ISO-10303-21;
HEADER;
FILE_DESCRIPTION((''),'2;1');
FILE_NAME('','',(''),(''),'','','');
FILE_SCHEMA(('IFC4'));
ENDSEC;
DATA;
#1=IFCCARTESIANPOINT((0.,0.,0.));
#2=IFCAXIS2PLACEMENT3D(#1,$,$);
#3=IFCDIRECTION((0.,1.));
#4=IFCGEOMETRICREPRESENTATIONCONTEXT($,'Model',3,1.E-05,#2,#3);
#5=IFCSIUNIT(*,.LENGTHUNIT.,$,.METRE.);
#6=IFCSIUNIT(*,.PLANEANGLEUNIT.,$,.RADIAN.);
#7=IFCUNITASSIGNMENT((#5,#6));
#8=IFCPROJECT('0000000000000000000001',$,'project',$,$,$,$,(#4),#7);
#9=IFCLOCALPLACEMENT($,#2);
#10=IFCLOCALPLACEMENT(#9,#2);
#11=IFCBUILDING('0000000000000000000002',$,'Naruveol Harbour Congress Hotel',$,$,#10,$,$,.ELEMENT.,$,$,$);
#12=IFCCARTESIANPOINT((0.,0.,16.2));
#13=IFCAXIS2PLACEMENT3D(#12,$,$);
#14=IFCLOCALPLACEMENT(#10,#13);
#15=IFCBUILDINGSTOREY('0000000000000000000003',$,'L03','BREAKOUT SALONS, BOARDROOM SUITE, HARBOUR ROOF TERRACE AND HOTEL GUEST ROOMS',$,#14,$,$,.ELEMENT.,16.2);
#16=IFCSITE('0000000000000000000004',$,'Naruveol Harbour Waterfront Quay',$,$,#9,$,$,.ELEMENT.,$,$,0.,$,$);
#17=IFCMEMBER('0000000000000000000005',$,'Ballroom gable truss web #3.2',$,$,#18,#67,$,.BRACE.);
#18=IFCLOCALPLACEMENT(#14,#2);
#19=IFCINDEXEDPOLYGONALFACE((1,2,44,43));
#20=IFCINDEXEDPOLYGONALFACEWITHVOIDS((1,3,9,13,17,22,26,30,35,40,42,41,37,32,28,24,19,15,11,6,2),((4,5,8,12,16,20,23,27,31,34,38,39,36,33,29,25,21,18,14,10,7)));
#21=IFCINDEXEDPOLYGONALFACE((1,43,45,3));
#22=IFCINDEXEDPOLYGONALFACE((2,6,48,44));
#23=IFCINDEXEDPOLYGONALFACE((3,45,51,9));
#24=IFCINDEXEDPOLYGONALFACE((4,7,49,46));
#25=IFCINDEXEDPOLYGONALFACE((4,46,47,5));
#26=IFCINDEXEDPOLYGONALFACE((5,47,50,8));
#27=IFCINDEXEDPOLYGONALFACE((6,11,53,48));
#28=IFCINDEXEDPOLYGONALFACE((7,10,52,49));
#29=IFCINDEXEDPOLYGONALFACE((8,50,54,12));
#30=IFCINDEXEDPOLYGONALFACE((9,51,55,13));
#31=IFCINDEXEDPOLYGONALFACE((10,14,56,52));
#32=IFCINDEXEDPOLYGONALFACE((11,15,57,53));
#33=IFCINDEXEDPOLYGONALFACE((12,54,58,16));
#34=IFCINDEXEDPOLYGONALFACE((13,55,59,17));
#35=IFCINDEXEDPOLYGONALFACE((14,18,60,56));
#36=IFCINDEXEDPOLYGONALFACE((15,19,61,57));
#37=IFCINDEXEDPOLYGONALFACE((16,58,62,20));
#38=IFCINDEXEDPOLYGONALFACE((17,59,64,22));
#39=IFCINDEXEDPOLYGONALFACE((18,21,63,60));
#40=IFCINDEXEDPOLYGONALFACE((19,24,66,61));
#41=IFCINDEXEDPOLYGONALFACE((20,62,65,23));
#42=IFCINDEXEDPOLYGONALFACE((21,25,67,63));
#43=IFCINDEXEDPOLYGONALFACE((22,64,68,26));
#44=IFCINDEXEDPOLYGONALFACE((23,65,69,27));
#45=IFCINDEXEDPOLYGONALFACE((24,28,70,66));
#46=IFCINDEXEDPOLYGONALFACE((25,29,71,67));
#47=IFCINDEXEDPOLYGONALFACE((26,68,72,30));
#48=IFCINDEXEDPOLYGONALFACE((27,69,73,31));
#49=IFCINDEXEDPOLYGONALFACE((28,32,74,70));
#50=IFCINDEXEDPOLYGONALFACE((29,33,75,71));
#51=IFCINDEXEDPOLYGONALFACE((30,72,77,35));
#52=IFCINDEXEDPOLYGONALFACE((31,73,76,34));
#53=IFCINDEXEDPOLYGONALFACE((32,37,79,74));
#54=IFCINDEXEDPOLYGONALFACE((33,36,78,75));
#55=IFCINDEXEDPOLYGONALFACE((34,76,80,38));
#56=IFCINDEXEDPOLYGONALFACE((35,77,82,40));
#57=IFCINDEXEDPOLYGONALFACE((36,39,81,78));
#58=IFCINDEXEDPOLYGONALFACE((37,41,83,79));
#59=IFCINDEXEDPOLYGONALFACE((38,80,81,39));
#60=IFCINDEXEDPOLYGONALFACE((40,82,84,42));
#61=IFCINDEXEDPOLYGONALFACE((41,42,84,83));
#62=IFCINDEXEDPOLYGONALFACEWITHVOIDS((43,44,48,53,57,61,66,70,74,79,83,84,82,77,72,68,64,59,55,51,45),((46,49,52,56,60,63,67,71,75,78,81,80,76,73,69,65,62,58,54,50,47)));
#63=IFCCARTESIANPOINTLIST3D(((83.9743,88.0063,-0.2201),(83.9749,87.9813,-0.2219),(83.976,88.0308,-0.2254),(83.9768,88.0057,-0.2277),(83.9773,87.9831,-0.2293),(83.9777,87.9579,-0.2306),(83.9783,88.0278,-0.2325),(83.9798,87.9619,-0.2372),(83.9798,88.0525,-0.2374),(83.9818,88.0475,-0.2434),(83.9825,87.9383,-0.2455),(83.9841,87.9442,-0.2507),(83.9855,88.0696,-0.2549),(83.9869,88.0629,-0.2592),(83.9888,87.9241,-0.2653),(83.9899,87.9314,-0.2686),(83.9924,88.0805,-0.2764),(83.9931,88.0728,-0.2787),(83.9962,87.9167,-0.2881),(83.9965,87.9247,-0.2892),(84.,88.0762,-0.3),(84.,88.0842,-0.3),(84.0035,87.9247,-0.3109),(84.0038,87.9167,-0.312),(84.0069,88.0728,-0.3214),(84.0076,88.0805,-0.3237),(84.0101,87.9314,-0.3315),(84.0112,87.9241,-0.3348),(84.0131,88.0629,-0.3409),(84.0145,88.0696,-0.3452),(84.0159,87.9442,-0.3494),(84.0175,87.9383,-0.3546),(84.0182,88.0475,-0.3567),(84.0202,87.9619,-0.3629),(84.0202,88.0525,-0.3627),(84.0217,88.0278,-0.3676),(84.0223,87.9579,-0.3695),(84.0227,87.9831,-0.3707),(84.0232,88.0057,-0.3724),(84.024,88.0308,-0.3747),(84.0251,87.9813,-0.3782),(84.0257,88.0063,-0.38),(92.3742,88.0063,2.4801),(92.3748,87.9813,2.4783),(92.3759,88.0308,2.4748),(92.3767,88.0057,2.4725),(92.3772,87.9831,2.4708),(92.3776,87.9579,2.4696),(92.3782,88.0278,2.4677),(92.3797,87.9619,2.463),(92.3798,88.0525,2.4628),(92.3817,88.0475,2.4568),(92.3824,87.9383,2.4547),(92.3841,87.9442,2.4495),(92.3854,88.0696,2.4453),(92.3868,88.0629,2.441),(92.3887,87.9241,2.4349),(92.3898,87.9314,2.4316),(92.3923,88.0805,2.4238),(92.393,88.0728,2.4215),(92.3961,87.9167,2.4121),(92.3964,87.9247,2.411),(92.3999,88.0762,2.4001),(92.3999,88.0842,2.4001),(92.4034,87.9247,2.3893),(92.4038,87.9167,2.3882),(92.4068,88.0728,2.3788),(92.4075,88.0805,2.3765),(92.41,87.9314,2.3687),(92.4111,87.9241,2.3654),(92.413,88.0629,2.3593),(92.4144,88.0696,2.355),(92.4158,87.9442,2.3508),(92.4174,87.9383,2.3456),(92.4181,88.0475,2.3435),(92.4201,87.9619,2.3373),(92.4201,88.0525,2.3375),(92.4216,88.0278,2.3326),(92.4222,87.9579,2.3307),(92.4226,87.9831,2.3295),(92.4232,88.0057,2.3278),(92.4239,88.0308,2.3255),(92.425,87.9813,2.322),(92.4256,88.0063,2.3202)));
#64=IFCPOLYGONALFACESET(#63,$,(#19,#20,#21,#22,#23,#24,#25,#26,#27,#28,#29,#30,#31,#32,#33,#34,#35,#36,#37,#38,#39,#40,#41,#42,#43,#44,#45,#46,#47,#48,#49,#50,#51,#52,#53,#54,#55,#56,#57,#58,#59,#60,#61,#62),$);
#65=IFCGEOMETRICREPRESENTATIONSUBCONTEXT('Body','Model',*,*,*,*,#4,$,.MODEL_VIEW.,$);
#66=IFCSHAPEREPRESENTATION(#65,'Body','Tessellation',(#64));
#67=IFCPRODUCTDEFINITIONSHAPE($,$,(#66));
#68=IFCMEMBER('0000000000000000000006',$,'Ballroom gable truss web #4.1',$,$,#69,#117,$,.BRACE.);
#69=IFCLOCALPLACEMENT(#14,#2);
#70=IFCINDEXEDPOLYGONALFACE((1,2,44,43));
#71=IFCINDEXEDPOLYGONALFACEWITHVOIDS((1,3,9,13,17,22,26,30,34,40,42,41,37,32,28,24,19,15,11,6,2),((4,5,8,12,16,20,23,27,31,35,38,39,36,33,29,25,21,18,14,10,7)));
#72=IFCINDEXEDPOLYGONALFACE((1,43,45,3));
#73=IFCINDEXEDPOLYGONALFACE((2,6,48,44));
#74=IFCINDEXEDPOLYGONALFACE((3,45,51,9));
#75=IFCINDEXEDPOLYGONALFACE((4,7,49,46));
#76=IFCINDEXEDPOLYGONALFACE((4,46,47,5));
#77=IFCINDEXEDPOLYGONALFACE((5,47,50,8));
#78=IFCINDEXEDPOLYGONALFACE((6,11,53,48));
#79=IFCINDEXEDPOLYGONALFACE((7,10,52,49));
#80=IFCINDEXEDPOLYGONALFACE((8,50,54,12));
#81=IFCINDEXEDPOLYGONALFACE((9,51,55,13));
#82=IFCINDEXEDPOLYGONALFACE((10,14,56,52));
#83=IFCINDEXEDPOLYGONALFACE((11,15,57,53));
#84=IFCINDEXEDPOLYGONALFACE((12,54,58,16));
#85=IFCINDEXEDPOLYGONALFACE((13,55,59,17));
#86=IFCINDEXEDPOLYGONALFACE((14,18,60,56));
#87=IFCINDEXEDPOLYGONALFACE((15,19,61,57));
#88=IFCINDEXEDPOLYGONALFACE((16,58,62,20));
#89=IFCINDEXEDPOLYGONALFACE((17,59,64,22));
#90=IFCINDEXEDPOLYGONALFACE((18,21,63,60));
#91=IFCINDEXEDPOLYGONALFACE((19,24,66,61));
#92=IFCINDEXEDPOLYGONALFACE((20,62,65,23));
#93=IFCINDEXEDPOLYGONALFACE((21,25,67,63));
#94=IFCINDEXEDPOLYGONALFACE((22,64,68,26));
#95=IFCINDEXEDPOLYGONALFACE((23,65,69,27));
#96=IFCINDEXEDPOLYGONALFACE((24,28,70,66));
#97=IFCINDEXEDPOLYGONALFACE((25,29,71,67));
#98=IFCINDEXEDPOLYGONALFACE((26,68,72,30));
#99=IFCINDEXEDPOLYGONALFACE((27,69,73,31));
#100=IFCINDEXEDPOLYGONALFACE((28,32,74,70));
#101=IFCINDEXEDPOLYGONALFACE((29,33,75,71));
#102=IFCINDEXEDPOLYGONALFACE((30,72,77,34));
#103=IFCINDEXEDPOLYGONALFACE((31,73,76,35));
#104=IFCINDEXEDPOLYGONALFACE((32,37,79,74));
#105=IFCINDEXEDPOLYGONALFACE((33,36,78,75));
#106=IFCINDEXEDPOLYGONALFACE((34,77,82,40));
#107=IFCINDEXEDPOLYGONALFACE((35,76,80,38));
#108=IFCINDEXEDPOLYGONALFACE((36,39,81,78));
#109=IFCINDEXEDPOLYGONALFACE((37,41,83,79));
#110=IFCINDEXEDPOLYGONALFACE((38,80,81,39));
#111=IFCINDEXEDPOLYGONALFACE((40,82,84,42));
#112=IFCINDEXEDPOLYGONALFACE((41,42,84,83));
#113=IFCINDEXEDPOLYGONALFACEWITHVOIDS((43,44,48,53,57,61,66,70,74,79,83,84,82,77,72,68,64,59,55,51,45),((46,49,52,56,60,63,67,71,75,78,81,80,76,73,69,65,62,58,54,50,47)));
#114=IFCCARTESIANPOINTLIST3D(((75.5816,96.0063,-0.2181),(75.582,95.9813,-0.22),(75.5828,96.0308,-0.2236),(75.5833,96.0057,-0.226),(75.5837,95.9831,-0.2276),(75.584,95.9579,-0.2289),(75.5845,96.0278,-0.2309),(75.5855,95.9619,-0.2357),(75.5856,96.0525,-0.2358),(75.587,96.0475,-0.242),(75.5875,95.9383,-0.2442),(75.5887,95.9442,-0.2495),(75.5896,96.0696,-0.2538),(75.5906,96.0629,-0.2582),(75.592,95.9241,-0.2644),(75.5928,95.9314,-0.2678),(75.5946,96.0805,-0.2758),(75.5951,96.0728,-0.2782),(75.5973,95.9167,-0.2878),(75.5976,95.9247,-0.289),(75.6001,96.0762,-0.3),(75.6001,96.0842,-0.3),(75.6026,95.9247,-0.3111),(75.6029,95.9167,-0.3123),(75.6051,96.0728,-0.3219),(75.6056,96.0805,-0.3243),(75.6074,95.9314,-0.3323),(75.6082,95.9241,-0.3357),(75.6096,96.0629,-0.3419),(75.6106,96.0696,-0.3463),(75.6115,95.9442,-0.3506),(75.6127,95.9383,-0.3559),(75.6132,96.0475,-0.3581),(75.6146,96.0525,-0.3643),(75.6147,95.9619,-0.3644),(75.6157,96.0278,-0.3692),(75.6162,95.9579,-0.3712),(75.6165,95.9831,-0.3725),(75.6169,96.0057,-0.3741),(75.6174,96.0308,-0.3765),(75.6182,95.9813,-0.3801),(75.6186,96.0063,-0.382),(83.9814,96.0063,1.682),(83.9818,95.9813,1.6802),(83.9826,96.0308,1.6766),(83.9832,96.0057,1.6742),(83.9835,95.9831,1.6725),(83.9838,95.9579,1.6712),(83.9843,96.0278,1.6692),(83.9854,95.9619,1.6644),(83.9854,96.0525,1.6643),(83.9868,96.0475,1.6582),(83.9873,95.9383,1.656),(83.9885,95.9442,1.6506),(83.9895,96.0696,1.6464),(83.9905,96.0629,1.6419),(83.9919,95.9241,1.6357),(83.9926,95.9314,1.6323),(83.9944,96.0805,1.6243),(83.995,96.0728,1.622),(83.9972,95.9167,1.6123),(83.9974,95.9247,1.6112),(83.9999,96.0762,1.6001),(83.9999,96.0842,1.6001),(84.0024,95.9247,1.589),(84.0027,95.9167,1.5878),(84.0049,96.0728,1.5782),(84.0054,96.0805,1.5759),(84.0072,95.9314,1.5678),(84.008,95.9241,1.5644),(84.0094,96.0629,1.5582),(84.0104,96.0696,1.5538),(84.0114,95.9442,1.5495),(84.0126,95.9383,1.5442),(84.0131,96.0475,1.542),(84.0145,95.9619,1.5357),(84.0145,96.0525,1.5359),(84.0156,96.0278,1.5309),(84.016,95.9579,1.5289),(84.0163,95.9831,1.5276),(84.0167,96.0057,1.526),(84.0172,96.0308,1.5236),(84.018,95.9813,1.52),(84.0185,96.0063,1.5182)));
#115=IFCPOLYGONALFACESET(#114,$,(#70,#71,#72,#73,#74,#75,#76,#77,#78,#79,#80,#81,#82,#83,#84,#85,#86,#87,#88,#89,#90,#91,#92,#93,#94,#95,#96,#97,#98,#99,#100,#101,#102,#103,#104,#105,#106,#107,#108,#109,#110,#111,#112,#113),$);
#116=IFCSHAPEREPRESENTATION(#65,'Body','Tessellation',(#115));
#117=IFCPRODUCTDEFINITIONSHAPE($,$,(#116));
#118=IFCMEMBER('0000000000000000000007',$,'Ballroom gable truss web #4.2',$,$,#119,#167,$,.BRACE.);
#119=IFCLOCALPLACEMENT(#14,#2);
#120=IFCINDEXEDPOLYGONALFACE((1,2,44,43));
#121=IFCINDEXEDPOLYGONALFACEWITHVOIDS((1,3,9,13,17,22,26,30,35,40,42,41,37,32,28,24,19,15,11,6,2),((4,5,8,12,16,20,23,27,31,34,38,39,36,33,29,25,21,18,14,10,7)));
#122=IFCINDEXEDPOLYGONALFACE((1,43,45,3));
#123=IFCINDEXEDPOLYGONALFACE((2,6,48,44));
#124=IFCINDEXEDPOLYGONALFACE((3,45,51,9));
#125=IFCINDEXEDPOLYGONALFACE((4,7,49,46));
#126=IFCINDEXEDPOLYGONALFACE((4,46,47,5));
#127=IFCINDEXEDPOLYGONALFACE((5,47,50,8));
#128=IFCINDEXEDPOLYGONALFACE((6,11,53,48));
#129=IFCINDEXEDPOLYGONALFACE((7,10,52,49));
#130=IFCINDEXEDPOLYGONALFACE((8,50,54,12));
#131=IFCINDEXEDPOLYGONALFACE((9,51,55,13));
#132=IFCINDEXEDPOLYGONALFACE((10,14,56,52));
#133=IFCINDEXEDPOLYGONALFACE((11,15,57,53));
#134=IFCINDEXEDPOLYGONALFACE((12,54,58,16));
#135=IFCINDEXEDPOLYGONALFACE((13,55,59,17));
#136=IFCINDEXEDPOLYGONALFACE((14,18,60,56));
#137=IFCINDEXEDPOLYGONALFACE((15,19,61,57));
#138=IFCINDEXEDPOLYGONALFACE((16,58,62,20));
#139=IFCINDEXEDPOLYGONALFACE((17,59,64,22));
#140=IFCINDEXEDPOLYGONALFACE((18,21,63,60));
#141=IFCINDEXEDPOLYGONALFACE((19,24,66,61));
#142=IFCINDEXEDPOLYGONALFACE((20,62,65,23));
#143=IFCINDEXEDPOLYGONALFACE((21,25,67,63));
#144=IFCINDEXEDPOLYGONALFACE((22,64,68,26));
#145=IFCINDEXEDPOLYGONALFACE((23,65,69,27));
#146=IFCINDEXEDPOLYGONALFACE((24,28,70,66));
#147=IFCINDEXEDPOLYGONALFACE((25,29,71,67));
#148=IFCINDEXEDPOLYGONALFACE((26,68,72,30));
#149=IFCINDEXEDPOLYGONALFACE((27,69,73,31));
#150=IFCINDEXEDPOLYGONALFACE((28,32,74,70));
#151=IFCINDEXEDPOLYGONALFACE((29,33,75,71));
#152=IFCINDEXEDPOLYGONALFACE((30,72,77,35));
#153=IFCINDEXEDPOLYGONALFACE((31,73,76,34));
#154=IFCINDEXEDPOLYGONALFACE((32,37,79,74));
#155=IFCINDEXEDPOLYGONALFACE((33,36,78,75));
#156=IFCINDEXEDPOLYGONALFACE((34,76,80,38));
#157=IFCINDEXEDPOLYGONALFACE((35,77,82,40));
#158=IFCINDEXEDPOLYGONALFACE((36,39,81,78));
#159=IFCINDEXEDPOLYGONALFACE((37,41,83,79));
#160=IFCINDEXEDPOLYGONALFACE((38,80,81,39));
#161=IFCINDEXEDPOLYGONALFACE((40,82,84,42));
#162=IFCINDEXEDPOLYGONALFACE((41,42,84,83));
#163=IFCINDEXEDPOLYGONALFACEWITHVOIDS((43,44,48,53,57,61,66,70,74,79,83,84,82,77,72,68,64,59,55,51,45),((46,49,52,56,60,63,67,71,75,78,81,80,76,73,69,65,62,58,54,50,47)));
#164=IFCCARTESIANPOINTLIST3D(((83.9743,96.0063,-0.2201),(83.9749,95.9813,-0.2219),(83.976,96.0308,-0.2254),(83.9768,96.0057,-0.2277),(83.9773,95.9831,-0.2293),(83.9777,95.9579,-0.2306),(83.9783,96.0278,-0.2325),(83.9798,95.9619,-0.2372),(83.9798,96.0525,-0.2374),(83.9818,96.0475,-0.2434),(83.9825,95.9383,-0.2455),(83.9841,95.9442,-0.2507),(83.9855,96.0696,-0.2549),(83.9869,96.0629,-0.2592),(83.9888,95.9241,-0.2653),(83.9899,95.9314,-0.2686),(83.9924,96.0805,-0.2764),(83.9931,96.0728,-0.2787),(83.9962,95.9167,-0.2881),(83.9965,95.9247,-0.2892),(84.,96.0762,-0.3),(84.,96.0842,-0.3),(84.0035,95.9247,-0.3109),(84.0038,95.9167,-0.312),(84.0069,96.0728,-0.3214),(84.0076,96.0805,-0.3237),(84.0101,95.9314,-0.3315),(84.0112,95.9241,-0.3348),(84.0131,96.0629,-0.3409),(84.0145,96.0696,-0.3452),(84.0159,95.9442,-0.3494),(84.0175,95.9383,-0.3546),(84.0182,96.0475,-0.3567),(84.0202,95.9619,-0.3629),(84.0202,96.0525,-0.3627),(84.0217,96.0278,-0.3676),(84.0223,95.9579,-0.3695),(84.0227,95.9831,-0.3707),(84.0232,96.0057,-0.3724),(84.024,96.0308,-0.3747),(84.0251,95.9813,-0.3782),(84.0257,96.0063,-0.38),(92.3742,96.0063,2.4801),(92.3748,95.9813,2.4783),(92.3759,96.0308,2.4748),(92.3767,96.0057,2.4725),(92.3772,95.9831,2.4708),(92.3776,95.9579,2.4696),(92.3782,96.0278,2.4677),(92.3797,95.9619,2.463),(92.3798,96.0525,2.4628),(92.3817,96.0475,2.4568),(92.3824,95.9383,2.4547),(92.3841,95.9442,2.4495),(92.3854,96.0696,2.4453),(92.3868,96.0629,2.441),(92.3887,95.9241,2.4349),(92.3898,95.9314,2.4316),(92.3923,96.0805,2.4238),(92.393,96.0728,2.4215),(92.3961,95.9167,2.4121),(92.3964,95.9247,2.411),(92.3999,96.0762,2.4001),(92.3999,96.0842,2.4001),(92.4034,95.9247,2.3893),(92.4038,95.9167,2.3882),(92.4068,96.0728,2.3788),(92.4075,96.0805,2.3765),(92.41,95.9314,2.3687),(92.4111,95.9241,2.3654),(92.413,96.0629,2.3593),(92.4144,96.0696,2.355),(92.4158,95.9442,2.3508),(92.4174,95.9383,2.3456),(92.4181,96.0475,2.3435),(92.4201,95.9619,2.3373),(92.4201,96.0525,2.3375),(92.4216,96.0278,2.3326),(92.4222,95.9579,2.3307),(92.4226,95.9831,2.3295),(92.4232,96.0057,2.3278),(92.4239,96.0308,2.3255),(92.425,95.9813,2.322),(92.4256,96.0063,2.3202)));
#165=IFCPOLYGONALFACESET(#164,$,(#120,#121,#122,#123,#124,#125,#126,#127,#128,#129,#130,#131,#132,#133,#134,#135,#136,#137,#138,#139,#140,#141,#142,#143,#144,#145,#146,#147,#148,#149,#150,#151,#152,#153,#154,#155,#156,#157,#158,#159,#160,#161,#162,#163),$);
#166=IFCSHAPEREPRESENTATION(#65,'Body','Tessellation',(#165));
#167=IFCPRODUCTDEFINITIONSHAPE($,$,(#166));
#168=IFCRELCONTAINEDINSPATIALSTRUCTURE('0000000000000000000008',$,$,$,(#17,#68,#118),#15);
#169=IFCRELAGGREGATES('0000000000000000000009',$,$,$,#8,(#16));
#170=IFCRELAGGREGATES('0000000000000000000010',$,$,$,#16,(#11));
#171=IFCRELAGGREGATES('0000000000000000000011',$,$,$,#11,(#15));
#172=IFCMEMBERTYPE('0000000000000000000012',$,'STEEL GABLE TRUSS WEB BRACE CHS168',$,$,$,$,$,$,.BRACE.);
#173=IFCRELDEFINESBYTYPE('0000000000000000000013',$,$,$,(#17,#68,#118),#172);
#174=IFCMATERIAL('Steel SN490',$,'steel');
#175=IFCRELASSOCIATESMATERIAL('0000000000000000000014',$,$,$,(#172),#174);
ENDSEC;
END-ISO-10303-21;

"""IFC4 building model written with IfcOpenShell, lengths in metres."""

from ifc_helpers import new_model, si_unit, direction, frame, origin, origin_2d, place, context, subcontext, project, spatial, hollow_circle, extrude, material, material_profile, profile_set, type_object, element, save


model = new_model("IFC4")

# Units and contexts
model_context = context("Model", 3, precision=1e-05, world=origin(), true_north=direction((0.0, 1.0)))
body_context = subcontext(model_context, "Body", "Model", "MODEL_VIEW")
ifc_project = project(units=[si_unit("LENGTHUNIT", "METRE"), si_unit("PLANEANGLEUNIT", "RADIAN")], contexts=[model_context])

# Site, building, storey
site_placement = place(None, origin())
site = spatial("IfcSite", under=ifc_project, at=site_placement, Name="Naruveol Harbour Waterfront Quay", CompositionType="ELEMENT", RefElevation=0.0)
building_placement = place(site_placement, origin())
building = spatial("IfcBuilding", under=site, at=building_placement, Name="Naruveol Harbour Congress Hotel", CompositionType="ELEMENT")
storey_placement = place(building_placement, frame((0.0, 0.0, 16.2)))
storey = spatial("IfcBuildingStorey", under=building, at=storey_placement, Name="L03", Description="BREAKOUT SALONS, BOARDROOM SUITE, HARBOUR ROOF TERRACE AND HOTEL GUEST ROOMS", CompositionType="ELEMENT", Elevation=16.2)

# Members
ifc_material_1 = material(Name="Steel SN490", Category="steel")
ifc_material_profile_1 = material_profile(ifc_material_1, hollow_circle(Radius=0.0842, WallThickness=0.0081, at=origin_2d()), Name="CHS-168.3x8")
ifc_profile_set_1 = profile_set([ifc_material_profile_1], Name="Steel SN490")
member_type_1 = type_object("IfcMemberType", Name="STEEL GABLE TRUSS WEB BRACE CHS168", PredefinedType="BRACE", material=ifc_profile_set_1)
member_1_placement = place(storey_placement, frame((84.0, 88.0, -0.3), z_axis=(0.952021, 0.0, 0.306032), x_axis=(0.0, 1.0, 0.0)))
element("IfcMember", 1, at=member_1_placement, inside=storey, type_object=member_type_1, Name="Ballroom gable truss web #3.2", PredefinedType="BRACE", context=body_context, shape_type="SweptSolid", body=[
    extrude(hollow_circle(Radius=0.0842, WallThickness=0.0081, at=origin_2d()), origin(), (0.0, 0.0, 1.0), 8.8232),
])
member_2_placement = place(storey_placement, frame((75.6001, 96.0, -0.3), z_axis=(0.975356, 0.0, 0.220636), x_axis=(0.0, 1.0, 0.0)))
element("IfcMember", 2, at=member_2_placement, inside=storey, type_object=member_type_1, Name="Ballroom gable truss web #4.1", PredefinedType="BRACE", context=body_context, shape_type="SweptSolid", body=[
    extrude(hollow_circle(Radius=0.0842, WallThickness=0.0081, at=origin_2d()), origin(), (0.0, 0.0, 1.0), 8.6121),
])
member_3_placement = place(storey_placement, frame((84.0, 96.0, -0.3), z_axis=(0.952021, 0.0, 0.306032), x_axis=(0.0, 1.0, 0.0)))
element("IfcMember", 3, at=member_3_placement, inside=storey, type_object=member_type_1, Name="Ballroom gable truss web #4.2", PredefinedType="BRACE", context=body_context, shape_type="SweptSolid", body=[
    extrude(hollow_circle(Radius=0.0842, WallThickness=0.0081, at=origin_2d()), origin(), (0.0, 0.0, 1.0), 8.8232),
])

save(model, "model.ifc")
